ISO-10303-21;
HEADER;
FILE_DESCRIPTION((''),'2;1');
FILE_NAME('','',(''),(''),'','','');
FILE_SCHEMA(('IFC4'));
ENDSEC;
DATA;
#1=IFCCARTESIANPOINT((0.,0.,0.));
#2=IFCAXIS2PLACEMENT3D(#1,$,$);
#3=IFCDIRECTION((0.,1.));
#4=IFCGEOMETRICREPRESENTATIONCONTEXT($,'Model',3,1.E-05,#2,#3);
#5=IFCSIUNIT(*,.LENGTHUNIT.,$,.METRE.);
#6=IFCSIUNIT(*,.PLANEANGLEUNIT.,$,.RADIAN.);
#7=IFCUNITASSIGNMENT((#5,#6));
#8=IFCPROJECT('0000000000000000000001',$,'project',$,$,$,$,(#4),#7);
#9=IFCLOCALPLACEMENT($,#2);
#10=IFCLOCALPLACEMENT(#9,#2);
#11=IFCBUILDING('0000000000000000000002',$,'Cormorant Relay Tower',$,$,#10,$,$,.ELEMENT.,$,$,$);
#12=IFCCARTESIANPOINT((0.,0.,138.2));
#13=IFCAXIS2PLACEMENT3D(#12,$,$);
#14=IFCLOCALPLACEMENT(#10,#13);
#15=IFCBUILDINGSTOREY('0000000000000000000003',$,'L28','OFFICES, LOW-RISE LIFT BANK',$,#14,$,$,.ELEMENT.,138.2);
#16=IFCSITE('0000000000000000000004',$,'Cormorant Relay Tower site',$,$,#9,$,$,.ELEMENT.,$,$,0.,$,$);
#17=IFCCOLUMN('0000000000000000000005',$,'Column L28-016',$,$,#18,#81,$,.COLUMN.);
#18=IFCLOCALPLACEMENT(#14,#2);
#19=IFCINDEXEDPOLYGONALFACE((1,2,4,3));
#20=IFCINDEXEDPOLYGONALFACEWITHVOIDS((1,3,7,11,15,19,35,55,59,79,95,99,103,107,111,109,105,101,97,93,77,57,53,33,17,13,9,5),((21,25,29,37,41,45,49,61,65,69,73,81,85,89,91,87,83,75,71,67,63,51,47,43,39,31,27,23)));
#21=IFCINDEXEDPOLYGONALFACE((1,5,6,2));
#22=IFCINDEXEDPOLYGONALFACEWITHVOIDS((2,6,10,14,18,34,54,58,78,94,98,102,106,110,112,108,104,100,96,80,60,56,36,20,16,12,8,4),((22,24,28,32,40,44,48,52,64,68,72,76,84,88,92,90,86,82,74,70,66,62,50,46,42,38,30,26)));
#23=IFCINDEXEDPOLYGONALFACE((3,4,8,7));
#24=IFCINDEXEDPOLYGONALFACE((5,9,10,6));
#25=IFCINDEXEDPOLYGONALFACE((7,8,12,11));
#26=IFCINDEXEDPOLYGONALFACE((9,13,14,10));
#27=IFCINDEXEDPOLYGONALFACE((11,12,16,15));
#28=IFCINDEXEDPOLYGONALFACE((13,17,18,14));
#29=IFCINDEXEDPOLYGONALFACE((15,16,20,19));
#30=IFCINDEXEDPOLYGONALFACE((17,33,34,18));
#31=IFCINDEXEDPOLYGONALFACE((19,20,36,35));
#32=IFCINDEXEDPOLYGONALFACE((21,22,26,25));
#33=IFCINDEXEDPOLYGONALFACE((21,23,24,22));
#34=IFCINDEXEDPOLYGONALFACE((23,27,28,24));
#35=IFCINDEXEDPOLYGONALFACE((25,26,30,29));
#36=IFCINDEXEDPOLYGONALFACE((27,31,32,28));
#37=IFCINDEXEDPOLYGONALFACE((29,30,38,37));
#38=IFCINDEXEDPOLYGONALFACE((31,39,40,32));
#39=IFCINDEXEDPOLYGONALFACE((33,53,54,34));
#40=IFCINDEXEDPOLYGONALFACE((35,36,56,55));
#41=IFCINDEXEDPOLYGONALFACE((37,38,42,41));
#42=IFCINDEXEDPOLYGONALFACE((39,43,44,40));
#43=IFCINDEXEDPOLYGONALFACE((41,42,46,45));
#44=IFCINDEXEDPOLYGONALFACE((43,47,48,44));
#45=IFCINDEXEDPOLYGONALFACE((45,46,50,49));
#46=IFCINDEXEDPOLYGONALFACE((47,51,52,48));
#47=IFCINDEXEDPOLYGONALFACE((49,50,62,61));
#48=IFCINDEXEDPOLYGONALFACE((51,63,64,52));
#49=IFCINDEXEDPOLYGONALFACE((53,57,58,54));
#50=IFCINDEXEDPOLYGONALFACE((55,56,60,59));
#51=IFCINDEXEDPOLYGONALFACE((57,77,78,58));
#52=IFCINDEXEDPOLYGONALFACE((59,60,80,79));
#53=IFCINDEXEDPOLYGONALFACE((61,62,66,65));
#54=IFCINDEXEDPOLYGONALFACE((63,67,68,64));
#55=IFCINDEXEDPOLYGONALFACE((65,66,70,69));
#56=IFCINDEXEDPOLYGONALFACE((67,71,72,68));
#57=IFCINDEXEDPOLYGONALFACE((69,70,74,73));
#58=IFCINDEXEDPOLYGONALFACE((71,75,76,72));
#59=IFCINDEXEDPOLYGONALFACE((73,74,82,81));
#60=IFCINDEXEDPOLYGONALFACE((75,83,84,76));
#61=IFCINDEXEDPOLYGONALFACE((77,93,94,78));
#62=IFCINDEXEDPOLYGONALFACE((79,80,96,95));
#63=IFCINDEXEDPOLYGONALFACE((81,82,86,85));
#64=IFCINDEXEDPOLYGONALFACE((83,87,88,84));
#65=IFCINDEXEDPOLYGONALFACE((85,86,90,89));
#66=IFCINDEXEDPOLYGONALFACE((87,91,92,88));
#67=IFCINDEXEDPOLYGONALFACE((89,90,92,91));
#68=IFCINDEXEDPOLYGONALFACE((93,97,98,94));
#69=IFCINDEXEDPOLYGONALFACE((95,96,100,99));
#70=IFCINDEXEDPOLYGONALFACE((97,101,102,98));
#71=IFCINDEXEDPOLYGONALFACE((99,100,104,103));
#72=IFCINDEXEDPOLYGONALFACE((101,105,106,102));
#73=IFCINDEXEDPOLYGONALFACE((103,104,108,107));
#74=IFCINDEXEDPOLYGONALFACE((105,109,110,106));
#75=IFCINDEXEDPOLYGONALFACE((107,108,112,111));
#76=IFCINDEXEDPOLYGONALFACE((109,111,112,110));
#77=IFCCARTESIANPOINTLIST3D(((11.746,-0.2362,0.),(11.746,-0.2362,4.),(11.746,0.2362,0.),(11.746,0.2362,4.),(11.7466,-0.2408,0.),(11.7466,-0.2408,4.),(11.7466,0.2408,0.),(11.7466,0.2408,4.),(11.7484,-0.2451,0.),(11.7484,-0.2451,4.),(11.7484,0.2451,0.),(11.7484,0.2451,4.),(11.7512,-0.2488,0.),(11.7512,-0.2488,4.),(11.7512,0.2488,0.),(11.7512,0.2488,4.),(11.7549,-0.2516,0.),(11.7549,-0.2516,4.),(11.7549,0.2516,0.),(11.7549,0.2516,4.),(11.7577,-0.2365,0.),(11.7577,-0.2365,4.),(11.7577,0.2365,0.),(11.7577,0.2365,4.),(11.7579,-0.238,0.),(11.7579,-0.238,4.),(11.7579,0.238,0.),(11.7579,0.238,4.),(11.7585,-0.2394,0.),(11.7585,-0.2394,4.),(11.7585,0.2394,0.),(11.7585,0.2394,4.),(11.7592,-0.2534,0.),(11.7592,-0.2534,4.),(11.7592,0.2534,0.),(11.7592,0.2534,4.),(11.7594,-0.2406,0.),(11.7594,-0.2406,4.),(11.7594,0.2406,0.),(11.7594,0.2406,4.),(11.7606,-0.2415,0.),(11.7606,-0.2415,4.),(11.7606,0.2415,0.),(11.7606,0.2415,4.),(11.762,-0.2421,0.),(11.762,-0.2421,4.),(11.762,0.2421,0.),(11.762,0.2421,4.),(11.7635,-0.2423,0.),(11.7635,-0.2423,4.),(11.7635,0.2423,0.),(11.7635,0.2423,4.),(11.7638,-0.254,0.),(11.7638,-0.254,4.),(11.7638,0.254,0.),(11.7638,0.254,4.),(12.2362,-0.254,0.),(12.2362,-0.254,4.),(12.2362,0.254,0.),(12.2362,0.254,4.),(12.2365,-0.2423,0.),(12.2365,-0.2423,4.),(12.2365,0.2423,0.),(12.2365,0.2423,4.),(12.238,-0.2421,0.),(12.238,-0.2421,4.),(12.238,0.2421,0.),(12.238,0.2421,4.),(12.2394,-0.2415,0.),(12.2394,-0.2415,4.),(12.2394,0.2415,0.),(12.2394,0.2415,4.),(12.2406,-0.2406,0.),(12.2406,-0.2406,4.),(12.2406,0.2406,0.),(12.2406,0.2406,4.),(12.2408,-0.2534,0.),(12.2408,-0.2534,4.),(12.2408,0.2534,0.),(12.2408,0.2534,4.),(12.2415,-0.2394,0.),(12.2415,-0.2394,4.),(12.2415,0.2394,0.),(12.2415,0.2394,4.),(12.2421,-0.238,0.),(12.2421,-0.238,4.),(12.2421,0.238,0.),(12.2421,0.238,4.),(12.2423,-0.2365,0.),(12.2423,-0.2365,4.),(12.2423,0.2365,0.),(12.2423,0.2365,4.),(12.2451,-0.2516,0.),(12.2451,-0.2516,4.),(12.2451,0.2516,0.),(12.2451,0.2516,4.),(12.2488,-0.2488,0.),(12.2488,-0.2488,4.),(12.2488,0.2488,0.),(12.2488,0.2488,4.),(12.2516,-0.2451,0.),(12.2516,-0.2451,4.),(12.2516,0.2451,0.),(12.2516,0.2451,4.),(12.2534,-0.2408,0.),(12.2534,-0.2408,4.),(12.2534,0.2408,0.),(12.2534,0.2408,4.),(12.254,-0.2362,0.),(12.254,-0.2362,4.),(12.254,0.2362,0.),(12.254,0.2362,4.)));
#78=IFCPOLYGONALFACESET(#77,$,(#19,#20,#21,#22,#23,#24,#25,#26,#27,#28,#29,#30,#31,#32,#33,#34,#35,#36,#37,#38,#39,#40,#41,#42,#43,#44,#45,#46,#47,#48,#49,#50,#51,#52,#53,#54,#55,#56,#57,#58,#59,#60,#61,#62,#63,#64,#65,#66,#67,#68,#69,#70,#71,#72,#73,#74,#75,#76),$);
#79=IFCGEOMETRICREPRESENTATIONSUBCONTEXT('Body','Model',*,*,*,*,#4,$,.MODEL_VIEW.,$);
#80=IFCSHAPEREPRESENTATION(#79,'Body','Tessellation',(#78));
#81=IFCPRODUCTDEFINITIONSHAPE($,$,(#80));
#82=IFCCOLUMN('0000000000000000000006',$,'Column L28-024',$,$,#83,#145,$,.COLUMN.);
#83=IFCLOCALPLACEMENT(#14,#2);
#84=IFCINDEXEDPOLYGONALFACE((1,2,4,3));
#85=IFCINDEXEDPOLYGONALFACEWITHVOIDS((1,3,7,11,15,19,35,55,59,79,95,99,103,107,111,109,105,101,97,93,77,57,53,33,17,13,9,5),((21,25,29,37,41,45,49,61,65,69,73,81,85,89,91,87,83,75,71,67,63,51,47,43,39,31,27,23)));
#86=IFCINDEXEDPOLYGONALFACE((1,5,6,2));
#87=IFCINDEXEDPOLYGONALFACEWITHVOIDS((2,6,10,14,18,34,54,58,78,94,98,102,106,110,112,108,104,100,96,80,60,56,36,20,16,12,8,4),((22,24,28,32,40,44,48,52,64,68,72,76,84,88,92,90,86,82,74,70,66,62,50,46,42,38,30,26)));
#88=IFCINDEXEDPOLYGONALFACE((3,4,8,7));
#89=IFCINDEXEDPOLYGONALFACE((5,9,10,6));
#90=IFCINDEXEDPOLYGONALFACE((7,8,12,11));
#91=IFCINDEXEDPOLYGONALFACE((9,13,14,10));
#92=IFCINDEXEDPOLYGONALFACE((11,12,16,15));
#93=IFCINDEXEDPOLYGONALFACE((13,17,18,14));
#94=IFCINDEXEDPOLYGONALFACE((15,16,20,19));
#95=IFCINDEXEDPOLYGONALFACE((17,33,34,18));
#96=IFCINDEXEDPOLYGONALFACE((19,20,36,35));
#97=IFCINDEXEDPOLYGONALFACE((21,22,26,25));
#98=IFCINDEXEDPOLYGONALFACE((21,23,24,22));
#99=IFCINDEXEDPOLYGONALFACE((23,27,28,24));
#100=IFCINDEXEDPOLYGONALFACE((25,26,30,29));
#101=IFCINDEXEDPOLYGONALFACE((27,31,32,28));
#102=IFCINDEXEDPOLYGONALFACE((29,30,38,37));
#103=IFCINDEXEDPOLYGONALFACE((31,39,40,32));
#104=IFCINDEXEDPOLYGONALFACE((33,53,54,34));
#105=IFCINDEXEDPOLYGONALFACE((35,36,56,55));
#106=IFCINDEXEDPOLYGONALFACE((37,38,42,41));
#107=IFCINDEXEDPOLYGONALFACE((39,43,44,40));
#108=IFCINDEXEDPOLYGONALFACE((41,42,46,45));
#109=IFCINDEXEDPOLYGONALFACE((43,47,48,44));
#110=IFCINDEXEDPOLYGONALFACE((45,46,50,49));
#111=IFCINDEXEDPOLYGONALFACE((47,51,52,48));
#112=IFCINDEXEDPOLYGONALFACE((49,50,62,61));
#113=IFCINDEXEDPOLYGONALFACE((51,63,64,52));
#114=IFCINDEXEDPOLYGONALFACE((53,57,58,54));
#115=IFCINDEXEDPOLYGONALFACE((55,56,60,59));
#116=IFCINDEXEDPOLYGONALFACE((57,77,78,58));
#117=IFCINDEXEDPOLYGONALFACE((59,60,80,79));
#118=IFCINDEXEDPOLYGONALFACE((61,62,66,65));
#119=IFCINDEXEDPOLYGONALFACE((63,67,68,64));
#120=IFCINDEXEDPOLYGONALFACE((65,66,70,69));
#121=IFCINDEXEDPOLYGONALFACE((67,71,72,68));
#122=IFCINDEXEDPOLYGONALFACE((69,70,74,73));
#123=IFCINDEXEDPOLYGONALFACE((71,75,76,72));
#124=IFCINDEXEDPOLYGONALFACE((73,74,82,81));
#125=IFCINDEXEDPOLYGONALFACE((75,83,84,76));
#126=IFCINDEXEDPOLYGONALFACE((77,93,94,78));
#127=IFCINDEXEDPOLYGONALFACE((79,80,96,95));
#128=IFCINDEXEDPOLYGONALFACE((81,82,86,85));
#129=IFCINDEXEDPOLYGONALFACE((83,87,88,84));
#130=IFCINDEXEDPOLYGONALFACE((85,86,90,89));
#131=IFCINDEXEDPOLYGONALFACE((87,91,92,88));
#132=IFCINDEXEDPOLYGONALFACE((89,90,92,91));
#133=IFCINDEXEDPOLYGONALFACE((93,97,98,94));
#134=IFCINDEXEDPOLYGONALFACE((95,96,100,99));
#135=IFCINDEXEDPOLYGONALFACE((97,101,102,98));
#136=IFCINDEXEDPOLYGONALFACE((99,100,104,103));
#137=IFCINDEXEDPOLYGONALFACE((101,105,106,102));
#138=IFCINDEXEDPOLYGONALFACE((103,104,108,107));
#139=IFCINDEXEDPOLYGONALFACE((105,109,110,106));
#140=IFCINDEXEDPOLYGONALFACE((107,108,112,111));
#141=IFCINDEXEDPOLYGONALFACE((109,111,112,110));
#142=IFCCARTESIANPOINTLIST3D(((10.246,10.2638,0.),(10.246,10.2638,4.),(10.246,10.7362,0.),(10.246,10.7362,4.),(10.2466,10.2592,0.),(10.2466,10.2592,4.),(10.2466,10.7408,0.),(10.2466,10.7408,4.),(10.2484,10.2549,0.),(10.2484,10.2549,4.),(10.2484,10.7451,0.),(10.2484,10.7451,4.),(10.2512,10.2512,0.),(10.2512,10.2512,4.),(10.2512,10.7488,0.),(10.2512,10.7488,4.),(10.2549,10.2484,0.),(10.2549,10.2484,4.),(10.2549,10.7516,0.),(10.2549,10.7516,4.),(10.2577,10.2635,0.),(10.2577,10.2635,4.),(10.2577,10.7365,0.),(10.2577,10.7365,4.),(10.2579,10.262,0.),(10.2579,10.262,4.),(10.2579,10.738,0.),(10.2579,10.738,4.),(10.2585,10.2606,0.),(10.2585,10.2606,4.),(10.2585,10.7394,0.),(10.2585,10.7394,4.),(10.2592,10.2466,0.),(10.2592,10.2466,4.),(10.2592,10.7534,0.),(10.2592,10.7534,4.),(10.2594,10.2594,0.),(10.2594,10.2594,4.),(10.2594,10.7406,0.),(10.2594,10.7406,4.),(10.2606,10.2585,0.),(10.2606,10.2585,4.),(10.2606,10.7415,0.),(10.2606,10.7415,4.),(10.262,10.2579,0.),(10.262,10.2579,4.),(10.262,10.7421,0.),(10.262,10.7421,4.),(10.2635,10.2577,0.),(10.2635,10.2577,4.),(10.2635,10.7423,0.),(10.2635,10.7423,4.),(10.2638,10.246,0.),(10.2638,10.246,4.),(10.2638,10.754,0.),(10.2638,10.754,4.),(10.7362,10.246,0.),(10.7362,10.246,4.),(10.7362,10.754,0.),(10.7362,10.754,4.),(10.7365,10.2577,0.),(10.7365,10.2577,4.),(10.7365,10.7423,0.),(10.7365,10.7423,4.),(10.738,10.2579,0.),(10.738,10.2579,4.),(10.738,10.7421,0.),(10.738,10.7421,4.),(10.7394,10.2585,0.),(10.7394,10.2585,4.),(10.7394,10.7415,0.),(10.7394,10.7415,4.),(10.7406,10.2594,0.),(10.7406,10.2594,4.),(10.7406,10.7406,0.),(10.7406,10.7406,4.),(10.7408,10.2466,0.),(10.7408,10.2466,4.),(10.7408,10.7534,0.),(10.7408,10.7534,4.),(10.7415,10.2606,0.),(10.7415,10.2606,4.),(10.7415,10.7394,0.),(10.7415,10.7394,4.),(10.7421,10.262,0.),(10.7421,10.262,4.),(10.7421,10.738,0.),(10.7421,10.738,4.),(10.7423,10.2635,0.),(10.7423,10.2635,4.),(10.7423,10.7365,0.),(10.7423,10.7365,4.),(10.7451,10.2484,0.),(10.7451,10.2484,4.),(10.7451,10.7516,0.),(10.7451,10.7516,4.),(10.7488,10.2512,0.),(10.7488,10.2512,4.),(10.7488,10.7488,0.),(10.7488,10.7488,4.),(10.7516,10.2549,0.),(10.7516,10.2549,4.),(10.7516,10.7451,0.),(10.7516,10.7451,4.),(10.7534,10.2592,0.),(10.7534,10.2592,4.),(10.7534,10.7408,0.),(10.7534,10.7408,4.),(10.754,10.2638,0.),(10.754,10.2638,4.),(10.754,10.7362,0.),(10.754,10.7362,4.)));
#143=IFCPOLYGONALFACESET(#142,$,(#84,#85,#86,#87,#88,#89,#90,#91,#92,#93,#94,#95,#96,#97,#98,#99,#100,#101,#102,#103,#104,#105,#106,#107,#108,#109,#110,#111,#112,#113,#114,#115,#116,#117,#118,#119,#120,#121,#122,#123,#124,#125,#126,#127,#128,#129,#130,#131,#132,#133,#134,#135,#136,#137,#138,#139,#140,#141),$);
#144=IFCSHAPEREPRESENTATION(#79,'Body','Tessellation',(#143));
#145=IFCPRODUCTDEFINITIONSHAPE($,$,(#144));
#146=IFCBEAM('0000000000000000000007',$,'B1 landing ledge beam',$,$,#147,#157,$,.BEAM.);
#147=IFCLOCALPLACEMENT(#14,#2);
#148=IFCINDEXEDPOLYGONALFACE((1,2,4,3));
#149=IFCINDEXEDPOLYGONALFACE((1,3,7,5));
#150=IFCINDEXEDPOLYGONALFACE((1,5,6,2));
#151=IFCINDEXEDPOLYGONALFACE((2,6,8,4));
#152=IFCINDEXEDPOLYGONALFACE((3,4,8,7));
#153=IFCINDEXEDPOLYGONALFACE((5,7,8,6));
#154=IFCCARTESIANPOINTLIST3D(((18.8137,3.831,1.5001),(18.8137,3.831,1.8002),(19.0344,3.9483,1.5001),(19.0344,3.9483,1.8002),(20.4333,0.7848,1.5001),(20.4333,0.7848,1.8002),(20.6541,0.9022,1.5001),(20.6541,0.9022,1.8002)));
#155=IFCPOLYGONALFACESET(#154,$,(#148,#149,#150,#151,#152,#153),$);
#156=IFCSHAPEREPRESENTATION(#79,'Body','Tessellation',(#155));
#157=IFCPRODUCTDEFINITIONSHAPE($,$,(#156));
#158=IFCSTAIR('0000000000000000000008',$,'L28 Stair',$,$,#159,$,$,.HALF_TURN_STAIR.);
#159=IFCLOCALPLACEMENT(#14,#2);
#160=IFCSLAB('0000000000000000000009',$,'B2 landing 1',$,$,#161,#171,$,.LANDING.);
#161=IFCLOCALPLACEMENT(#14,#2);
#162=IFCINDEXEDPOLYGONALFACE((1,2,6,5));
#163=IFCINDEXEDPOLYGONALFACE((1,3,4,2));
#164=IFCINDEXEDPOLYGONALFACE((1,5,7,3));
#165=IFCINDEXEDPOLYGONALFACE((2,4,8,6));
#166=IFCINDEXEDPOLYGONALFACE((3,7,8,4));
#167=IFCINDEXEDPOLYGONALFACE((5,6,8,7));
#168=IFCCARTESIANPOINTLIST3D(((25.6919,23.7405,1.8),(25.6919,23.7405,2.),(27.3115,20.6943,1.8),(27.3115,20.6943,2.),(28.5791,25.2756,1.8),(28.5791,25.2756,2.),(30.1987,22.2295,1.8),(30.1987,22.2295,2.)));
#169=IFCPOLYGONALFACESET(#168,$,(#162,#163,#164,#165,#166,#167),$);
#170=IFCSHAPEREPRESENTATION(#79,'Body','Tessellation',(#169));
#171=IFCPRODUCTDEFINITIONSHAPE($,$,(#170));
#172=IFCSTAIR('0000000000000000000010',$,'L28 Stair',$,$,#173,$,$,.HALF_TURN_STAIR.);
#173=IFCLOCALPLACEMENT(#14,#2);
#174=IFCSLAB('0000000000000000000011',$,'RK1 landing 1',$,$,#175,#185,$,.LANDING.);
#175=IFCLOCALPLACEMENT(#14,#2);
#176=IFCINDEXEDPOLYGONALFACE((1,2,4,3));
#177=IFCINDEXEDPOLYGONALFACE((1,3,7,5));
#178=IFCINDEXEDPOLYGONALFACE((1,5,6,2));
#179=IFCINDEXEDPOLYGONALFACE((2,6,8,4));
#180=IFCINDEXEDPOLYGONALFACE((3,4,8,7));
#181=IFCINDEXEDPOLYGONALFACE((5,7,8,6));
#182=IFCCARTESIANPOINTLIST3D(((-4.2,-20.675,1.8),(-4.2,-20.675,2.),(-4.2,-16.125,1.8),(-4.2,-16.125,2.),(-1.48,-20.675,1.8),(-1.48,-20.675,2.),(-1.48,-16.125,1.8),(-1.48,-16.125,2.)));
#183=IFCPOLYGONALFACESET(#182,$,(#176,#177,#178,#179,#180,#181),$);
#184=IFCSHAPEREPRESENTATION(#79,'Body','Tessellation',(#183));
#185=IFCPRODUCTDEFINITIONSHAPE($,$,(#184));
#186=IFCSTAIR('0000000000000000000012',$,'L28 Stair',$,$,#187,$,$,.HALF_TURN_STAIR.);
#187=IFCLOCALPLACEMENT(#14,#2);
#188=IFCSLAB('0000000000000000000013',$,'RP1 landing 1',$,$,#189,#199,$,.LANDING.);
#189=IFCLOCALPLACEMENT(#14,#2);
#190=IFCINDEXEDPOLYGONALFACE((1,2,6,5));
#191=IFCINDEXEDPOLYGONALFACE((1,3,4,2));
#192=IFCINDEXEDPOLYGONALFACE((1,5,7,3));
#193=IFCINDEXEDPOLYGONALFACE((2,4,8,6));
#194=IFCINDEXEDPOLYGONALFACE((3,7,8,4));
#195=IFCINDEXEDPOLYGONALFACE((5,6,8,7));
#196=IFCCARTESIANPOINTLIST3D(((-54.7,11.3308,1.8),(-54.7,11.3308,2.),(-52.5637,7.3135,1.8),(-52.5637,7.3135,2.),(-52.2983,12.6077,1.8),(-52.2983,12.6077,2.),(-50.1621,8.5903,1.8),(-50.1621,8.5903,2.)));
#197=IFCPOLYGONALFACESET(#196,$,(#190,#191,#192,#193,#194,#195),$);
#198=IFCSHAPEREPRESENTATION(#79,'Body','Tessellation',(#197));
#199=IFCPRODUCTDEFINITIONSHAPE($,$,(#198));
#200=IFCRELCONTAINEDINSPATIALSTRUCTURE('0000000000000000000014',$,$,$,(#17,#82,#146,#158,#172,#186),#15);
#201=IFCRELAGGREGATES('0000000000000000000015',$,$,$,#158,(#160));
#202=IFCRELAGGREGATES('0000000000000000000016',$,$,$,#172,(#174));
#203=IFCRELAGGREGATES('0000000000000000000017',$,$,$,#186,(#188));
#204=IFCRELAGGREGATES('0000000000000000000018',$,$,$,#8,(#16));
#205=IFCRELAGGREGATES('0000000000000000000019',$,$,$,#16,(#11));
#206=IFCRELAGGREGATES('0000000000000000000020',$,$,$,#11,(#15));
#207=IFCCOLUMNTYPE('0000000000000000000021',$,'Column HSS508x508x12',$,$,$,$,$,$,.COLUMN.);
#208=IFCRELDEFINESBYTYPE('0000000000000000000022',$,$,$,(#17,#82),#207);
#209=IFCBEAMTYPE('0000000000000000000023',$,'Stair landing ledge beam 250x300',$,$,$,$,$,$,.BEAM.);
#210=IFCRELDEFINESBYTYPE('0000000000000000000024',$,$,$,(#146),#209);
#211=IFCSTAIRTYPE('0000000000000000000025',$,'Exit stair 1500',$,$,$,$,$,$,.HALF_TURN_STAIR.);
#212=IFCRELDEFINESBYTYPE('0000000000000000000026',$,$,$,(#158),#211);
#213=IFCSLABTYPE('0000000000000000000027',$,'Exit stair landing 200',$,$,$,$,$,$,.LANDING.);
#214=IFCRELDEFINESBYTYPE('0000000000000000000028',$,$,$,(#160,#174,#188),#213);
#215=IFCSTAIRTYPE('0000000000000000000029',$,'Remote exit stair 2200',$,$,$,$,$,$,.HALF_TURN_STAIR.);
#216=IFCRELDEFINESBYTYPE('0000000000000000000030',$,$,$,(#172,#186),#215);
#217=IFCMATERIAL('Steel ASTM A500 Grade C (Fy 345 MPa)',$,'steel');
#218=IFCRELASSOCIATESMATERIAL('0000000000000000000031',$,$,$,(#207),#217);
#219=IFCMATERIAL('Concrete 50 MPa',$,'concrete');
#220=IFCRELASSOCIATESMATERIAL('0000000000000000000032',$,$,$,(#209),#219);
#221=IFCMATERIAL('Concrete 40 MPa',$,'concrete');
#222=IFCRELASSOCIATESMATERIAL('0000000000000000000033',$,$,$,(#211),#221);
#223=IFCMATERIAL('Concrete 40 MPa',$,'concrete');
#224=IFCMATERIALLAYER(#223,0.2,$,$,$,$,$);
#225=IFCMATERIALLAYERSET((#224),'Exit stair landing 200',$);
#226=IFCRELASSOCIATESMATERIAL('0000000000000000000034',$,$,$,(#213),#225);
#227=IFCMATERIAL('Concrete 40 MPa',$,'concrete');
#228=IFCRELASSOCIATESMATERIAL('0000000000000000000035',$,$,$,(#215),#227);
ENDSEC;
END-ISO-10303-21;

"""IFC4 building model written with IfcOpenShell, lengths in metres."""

from ifc_helpers import new_model, si_unit, direction, frame, origin, origin_2d, place, context, subcontext, project, spatial, polyline, rectangle, hollow_rectangle, outline, extrude, material, layer, layer_set, material_profile, profile_set, type_object, element, aggregate, save


model = new_model("IFC4")

# Units and contexts
model_context = context("Model", 3, precision=1e-05, world=origin(), true_north=direction((0.0, 1.0)))
body_context = subcontext(model_context, "Body", "Model", "MODEL_VIEW")
ifc_project = project(units=[si_unit("LENGTHUNIT", "METRE"), si_unit("PLANEANGLEUNIT", "RADIAN")], contexts=[model_context])

# Site, building, storey
site_placement = place(None, origin())
site = spatial("IfcSite", under=ifc_project, at=site_placement, Name="Cormorant Relay Tower site", CompositionType="ELEMENT", RefElevation=0.0)
building_placement = place(site_placement, origin())
building = spatial("IfcBuilding", under=site, at=building_placement, Name="Cormorant Relay Tower", CompositionType="ELEMENT")
storey_placement = place(building_placement, frame((0.0, 0.0, 138.2)))
storey = spatial("IfcBuildingStorey", under=building, at=storey_placement, Name="L28", Description="OFFICES, LOW-RISE LIFT BANK", CompositionType="ELEMENT", Elevation=138.2)

# Columns
ifc_material_1 = material(Name="Steel ASTM A500 Grade C (Fy 345 MPa)", Category="steel")
ifc_material_profile_1 = material_profile(ifc_material_1, hollow_rectangle(XDim=0.5081, YDim=0.5081, WallThickness=0.0117, InnerFilletRadius=0.0059, OuterFilletRadius=0.0178, at=origin_2d()), Name="HSS508x508x12")
ifc_profile_set_1 = profile_set([ifc_material_profile_1], Name="Steel ASTM A500 Grade C (Fy 345 MPa)")
column_type = type_object("IfcColumnType", Name="Column HSS508x508x12", PredefinedType="COLUMN", material=ifc_profile_set_1)
for number, where, z_axis, x_axis, name in (
    (1, (12.0, 0.0, 0.0), (0.0, 0.0, 1.0), (1.0, 0.0, 0.0), "Column L28-016"),
    (2, (10.5, 10.5, 0.0), (0.0, 0.0, 1.0), (1.0, 0.0, 0.0), "Column L28-024"),
):
    element("IfcColumn", number, at=place(storey_placement, frame(where, z_axis=z_axis, x_axis=x_axis)), inside=storey, type_object=column_type, Name=name, PredefinedType="COLUMN", context=body_context, shape_type="SweptSolid", body=[
        extrude(hollow_rectangle(XDim=0.5081, YDim=0.5081, WallThickness=0.0117, InnerFilletRadius=0.0059, OuterFilletRadius=0.0178, at=origin_2d()), origin(), (0.0, 0.0, 1.0), 4.0),
    ])

# Beam
ifc_material_2 = material(Name="Concrete 50 MPa", Category="concrete")
ifc_material_profile_2 = material_profile(ifc_material_2, rectangle(XDim=0.25, YDim=0.3, at=origin_2d()), Name="RC 250x300")
ifc_profile_set_2 = profile_set([ifc_material_profile_2], Name="Concrete 50 MPa")
beam_type = type_object("IfcBeamType", Name="Stair landing ledge beam 250x300", PredefinedType="BEAM", material=ifc_profile_set_2)
beam_placement = place(storey_placement, frame((18.9241, 3.8896, 1.6501), z_axis=(0.469464, -0.882952, 0.0), x_axis=(0.882952, 0.469464, 0.0)))
element("IfcBeam", 3, at=beam_placement, inside=storey, type_object=beam_type, Name="B1 landing ledge beam", PredefinedType="BEAM", context=body_context, shape_type="SweptSolid", body=[
    extrude(rectangle(XDim=0.25, YDim=0.3, at=origin_2d()), origin(), (0.0, 0.0, 1.0), 3.45),
])

# Stairs, slabs
ifc_material_3 = material(Name="Concrete 40 MPa", Category="concrete")
stair_type_1 = type_object("IfcStairType", Name="Exit stair 1500", PredefinedType="HALF_TURN_STAIR", material=ifc_material_3)
stair_1_placement = place(storey_placement, origin())
stair_1 = element("IfcStair", 4, at=stair_1_placement, inside=storey, type_object=stair_type_1, Name="L28 Stair", PredefinedType="HALF_TURN_STAIR")
ifc_material_4 = material(Name="Concrete 40 MPa", Category="concrete")
ifc_layer_1 = layer(ifc_material_4, 0.2)
ifc_layer_set_1 = layer_set([ifc_layer_1], Name="Exit stair landing 200")
slab_type = type_object("IfcSlabType", Name="Exit stair landing 200", PredefinedType="LANDING", material=ifc_layer_set_1)
slab_1_placement = place(storey_placement, frame((0.0, 0.0, 1.8)))
slab_1 = element("IfcSlab", 5, at=slab_1_placement, type_object=slab_type, Name="B2 landing 1", PredefinedType="LANDING", context=body_context, shape_type="SweptSolid", body=[
    extrude(outline(polyline([(27.3115, 20.6943), (30.1987, 22.2295), (28.5791, 25.2756), (25.6919, 23.7405), (27.3115, 20.6943)])), origin(), (0.0, 0.0, 1.0), 0.2),
])
aggregate(stair_1, [slab_1])
ifc_material_5 = material(Name="Concrete 40 MPa", Category="concrete")
stair_type_2 = type_object("IfcStairType", Name="Remote exit stair 2200", PredefinedType="HALF_TURN_STAIR", material=ifc_material_5)
stair_2_placement = place(storey_placement, origin())
stair_2 = element("IfcStair", 6, at=stair_2_placement, inside=storey, type_object=stair_type_2, Name="L28 Stair", PredefinedType="HALF_TURN_STAIR")
slab_2_placement = place(storey_placement, frame((0.0, 0.0, 1.8)))
slab_2 = element("IfcSlab", 7, at=slab_2_placement, type_object=slab_type, Name="RK1 landing 1", PredefinedType="LANDING", context=body_context, shape_type="SweptSolid", body=[
    extrude(outline(polyline([(-1.48, -16.125), (-4.2, -16.125), (-4.2, -20.675), (-1.48, -20.675), (-1.48, -16.125)])), origin(), (0.0, 0.0, 1.0), 0.2),
])
aggregate(stair_2, [slab_2])
stair_3_placement = place(storey_placement, origin())
stair_3 = element("IfcStair", 8, at=stair_3_placement, inside=storey, type_object=stair_type_2, Name="L28 Stair", PredefinedType="HALF_TURN_STAIR")
slab_3_placement = place(storey_placement, frame((0.0, 0.0, 1.8)))
slab_3 = element("IfcSlab", 9, at=slab_3_placement, type_object=slab_type, Name="RP1 landing 1", PredefinedType="LANDING", context=body_context, shape_type="SweptSolid", body=[
    extrude(outline(polyline([(-52.2983, 12.6077), (-54.7, 11.3308), (-52.5637, 7.3135), (-50.1621, 8.5903), (-52.2983, 12.6077)])), origin(), (0.0, 0.0, 1.0), 0.2),
])
aggregate(stair_3, [slab_3])

save(model, "model.ifc")
